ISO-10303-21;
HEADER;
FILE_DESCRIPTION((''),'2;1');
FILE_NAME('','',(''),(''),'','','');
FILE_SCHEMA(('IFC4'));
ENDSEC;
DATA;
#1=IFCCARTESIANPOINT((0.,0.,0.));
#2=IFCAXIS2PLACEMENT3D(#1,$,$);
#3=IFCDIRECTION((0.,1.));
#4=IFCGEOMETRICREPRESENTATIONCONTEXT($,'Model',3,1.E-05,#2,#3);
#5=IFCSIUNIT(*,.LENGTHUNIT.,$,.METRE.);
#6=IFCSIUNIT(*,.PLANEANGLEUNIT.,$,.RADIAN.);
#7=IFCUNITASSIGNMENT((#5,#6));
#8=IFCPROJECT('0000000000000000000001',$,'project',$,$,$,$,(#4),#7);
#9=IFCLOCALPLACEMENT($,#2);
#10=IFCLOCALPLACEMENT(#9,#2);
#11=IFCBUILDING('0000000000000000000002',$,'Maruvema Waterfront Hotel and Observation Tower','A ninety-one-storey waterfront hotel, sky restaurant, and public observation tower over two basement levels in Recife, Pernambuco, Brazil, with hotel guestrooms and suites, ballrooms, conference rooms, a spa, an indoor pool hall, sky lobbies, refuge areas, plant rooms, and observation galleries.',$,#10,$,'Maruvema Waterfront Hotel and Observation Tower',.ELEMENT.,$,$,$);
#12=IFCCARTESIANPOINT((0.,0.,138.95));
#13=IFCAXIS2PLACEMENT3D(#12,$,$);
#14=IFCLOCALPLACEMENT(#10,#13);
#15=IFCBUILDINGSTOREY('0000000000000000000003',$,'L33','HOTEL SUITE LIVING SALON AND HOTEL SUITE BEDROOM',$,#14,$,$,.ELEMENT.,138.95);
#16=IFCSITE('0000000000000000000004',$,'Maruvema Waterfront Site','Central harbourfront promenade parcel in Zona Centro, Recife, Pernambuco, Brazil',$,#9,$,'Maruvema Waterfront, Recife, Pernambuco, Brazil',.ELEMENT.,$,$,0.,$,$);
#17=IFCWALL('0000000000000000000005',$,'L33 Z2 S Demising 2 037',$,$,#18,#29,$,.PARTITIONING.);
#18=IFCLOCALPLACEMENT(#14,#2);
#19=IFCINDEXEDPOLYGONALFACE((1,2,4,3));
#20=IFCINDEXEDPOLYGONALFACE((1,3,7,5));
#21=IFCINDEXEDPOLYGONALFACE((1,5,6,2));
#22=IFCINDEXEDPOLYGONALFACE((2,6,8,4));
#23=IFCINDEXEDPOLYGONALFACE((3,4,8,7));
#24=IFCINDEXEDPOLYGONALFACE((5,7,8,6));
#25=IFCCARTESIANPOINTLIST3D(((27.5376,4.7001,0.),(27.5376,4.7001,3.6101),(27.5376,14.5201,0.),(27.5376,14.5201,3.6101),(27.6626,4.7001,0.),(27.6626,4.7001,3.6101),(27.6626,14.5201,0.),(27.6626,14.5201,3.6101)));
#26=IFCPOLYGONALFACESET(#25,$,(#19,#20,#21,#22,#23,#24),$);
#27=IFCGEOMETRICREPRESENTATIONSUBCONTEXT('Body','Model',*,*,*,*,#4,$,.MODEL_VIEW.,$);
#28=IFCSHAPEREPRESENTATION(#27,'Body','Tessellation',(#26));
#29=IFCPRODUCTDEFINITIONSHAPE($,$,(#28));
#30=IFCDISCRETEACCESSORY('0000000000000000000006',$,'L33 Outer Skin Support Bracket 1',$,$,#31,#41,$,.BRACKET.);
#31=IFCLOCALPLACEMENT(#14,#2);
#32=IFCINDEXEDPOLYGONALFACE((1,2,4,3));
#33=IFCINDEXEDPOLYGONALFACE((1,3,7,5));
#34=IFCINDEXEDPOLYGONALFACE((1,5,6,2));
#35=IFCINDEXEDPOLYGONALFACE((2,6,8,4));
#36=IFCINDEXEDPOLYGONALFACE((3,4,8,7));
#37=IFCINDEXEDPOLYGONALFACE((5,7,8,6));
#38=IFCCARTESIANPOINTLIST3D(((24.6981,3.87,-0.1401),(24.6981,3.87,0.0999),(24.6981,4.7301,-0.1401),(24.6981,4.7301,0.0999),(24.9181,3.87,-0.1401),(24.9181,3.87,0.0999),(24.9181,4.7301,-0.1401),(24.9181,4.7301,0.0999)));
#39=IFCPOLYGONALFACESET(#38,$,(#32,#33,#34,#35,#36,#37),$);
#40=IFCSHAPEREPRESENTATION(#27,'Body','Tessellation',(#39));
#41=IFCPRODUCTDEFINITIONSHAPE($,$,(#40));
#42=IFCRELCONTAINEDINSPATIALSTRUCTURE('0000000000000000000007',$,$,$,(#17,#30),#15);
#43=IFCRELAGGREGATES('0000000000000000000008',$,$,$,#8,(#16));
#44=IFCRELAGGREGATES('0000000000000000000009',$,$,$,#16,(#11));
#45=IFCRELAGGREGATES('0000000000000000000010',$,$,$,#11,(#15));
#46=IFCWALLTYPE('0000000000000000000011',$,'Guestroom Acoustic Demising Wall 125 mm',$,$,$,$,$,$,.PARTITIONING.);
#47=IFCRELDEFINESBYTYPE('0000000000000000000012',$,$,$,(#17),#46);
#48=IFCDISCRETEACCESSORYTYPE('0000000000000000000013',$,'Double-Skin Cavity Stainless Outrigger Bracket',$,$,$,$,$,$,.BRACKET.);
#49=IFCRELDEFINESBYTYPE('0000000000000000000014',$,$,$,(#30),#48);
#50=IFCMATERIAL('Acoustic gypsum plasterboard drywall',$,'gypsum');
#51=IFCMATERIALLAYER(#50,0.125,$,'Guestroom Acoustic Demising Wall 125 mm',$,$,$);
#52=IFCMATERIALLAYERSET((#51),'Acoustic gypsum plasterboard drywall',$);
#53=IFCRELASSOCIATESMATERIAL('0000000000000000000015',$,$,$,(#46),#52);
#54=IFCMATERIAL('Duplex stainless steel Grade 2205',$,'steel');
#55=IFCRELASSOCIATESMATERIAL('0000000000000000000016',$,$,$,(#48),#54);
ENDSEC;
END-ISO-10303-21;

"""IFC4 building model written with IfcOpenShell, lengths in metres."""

from ifc_helpers import new_model, si_unit, direction, frame, frame_2d, origin, origin_2d, place, context, subcontext, project, spatial, rectangle, extrude, material, layer, layer_set, type_object, element, save


model = new_model("IFC4")

# Units and contexts
model_context = context("Model", 3, precision=1e-05, world=origin(), true_north=direction((0.0, 1.0)))
body_context = subcontext(model_context, "Body", "Model", "MODEL_VIEW")
ifc_project = project(units=[si_unit("LENGTHUNIT", "METRE"), si_unit("PLANEANGLEUNIT", "RADIAN")], contexts=[model_context])

# Site, building, storey
site_placement = place(None, origin())
site = spatial("IfcSite", under=ifc_project, at=site_placement, Name="Maruvema Waterfront Site", Description="Central harbourfront promenade parcel in Zona Centro, Recife, Pernambuco, Brazil", LongName="Maruvema Waterfront, Recife, Pernambuco, Brazil", CompositionType="ELEMENT", RefElevation=0.0)
building_placement = place(site_placement, origin())
building = spatial("IfcBuilding", under=site, at=building_placement, Name="Maruvema Waterfront Hotel and Observation Tower", Description="A ninety-one-storey waterfront hotel, sky restaurant, and public observation tower over two basement levels in Recife, Pernambuco, Brazil, with hotel guestrooms and suites, ballrooms, conference rooms, a spa, an indoor pool hall, sky lobbies, refuge areas, plant rooms, and observation galleries.", LongName="Maruvema Waterfront Hotel and Observation Tower", CompositionType="ELEMENT")
storey_placement = place(building_placement, frame((0.0, 0.0, 138.95)))
storey = spatial("IfcBuildingStorey", under=building, at=storey_placement, Name="L33", Description="HOTEL SUITE LIVING SALON AND HOTEL SUITE BEDROOM", CompositionType="ELEMENT", Elevation=138.95)

# Wall
ifc_material_1 = material(Name="Acoustic gypsum plasterboard drywall", Category="gypsum")
ifc_layer_1 = layer(ifc_material_1, 0.125, Name="Guestroom Acoustic Demising Wall 125 mm")
ifc_layer_set_1 = layer_set([ifc_layer_1], Name="Acoustic gypsum plasterboard drywall")
wall_type_1 = type_object("IfcWallType", Name="Guestroom Acoustic Demising Wall 125 mm", PredefinedType="PARTITIONING", material=ifc_layer_set_1)
wall_1_placement = place(storey_placement, frame((27.6001, 4.7, 0.0), z_axis=(0.0, 0.0, 1.0), x_axis=(0.0, 1.0, 0.0)))
element("IfcWall", 1, at=wall_1_placement, inside=storey, type_object=wall_type_1, Name="L33 Z2 S Demising 2 037", PredefinedType="PARTITIONING", context=body_context, shape_type="SweptSolid", body=[
    extrude(rectangle(XDim=9.8201, YDim=0.125, at=frame_2d((4.9102, 0.0))), origin(), (0.0, 0.0, 1.0), 3.6101),
])

# Discrete accessory
ifc_material_2 = material(Name="Duplex stainless steel Grade 2205", Category="steel")
discrete_accessory_type = type_object("IfcDiscreteAccessoryType", Name="Double-Skin Cavity Stainless Outrigger Bracket", PredefinedType="BRACKET", material=ifc_material_2)
discrete_accessory_placement = place(storey_placement, frame((24.8081, 4.3, -0.1401), z_axis=(0.0, 0.0, 1.0), x_axis=(1.0, 0.0, 0.0)))
element("IfcDiscreteAccessory", 2, at=discrete_accessory_placement, inside=storey, type_object=discrete_accessory_type, Name="L33 Outer Skin Support Bracket 1", PredefinedType="BRACKET", context=body_context, shape_type="SweptSolid", body=[
    extrude(rectangle(XDim=0.22, YDim=0.8601, at=origin_2d()), origin(), (0.0, 0.0, 1.0), 0.24),
])

save(model, "model.ifc")
